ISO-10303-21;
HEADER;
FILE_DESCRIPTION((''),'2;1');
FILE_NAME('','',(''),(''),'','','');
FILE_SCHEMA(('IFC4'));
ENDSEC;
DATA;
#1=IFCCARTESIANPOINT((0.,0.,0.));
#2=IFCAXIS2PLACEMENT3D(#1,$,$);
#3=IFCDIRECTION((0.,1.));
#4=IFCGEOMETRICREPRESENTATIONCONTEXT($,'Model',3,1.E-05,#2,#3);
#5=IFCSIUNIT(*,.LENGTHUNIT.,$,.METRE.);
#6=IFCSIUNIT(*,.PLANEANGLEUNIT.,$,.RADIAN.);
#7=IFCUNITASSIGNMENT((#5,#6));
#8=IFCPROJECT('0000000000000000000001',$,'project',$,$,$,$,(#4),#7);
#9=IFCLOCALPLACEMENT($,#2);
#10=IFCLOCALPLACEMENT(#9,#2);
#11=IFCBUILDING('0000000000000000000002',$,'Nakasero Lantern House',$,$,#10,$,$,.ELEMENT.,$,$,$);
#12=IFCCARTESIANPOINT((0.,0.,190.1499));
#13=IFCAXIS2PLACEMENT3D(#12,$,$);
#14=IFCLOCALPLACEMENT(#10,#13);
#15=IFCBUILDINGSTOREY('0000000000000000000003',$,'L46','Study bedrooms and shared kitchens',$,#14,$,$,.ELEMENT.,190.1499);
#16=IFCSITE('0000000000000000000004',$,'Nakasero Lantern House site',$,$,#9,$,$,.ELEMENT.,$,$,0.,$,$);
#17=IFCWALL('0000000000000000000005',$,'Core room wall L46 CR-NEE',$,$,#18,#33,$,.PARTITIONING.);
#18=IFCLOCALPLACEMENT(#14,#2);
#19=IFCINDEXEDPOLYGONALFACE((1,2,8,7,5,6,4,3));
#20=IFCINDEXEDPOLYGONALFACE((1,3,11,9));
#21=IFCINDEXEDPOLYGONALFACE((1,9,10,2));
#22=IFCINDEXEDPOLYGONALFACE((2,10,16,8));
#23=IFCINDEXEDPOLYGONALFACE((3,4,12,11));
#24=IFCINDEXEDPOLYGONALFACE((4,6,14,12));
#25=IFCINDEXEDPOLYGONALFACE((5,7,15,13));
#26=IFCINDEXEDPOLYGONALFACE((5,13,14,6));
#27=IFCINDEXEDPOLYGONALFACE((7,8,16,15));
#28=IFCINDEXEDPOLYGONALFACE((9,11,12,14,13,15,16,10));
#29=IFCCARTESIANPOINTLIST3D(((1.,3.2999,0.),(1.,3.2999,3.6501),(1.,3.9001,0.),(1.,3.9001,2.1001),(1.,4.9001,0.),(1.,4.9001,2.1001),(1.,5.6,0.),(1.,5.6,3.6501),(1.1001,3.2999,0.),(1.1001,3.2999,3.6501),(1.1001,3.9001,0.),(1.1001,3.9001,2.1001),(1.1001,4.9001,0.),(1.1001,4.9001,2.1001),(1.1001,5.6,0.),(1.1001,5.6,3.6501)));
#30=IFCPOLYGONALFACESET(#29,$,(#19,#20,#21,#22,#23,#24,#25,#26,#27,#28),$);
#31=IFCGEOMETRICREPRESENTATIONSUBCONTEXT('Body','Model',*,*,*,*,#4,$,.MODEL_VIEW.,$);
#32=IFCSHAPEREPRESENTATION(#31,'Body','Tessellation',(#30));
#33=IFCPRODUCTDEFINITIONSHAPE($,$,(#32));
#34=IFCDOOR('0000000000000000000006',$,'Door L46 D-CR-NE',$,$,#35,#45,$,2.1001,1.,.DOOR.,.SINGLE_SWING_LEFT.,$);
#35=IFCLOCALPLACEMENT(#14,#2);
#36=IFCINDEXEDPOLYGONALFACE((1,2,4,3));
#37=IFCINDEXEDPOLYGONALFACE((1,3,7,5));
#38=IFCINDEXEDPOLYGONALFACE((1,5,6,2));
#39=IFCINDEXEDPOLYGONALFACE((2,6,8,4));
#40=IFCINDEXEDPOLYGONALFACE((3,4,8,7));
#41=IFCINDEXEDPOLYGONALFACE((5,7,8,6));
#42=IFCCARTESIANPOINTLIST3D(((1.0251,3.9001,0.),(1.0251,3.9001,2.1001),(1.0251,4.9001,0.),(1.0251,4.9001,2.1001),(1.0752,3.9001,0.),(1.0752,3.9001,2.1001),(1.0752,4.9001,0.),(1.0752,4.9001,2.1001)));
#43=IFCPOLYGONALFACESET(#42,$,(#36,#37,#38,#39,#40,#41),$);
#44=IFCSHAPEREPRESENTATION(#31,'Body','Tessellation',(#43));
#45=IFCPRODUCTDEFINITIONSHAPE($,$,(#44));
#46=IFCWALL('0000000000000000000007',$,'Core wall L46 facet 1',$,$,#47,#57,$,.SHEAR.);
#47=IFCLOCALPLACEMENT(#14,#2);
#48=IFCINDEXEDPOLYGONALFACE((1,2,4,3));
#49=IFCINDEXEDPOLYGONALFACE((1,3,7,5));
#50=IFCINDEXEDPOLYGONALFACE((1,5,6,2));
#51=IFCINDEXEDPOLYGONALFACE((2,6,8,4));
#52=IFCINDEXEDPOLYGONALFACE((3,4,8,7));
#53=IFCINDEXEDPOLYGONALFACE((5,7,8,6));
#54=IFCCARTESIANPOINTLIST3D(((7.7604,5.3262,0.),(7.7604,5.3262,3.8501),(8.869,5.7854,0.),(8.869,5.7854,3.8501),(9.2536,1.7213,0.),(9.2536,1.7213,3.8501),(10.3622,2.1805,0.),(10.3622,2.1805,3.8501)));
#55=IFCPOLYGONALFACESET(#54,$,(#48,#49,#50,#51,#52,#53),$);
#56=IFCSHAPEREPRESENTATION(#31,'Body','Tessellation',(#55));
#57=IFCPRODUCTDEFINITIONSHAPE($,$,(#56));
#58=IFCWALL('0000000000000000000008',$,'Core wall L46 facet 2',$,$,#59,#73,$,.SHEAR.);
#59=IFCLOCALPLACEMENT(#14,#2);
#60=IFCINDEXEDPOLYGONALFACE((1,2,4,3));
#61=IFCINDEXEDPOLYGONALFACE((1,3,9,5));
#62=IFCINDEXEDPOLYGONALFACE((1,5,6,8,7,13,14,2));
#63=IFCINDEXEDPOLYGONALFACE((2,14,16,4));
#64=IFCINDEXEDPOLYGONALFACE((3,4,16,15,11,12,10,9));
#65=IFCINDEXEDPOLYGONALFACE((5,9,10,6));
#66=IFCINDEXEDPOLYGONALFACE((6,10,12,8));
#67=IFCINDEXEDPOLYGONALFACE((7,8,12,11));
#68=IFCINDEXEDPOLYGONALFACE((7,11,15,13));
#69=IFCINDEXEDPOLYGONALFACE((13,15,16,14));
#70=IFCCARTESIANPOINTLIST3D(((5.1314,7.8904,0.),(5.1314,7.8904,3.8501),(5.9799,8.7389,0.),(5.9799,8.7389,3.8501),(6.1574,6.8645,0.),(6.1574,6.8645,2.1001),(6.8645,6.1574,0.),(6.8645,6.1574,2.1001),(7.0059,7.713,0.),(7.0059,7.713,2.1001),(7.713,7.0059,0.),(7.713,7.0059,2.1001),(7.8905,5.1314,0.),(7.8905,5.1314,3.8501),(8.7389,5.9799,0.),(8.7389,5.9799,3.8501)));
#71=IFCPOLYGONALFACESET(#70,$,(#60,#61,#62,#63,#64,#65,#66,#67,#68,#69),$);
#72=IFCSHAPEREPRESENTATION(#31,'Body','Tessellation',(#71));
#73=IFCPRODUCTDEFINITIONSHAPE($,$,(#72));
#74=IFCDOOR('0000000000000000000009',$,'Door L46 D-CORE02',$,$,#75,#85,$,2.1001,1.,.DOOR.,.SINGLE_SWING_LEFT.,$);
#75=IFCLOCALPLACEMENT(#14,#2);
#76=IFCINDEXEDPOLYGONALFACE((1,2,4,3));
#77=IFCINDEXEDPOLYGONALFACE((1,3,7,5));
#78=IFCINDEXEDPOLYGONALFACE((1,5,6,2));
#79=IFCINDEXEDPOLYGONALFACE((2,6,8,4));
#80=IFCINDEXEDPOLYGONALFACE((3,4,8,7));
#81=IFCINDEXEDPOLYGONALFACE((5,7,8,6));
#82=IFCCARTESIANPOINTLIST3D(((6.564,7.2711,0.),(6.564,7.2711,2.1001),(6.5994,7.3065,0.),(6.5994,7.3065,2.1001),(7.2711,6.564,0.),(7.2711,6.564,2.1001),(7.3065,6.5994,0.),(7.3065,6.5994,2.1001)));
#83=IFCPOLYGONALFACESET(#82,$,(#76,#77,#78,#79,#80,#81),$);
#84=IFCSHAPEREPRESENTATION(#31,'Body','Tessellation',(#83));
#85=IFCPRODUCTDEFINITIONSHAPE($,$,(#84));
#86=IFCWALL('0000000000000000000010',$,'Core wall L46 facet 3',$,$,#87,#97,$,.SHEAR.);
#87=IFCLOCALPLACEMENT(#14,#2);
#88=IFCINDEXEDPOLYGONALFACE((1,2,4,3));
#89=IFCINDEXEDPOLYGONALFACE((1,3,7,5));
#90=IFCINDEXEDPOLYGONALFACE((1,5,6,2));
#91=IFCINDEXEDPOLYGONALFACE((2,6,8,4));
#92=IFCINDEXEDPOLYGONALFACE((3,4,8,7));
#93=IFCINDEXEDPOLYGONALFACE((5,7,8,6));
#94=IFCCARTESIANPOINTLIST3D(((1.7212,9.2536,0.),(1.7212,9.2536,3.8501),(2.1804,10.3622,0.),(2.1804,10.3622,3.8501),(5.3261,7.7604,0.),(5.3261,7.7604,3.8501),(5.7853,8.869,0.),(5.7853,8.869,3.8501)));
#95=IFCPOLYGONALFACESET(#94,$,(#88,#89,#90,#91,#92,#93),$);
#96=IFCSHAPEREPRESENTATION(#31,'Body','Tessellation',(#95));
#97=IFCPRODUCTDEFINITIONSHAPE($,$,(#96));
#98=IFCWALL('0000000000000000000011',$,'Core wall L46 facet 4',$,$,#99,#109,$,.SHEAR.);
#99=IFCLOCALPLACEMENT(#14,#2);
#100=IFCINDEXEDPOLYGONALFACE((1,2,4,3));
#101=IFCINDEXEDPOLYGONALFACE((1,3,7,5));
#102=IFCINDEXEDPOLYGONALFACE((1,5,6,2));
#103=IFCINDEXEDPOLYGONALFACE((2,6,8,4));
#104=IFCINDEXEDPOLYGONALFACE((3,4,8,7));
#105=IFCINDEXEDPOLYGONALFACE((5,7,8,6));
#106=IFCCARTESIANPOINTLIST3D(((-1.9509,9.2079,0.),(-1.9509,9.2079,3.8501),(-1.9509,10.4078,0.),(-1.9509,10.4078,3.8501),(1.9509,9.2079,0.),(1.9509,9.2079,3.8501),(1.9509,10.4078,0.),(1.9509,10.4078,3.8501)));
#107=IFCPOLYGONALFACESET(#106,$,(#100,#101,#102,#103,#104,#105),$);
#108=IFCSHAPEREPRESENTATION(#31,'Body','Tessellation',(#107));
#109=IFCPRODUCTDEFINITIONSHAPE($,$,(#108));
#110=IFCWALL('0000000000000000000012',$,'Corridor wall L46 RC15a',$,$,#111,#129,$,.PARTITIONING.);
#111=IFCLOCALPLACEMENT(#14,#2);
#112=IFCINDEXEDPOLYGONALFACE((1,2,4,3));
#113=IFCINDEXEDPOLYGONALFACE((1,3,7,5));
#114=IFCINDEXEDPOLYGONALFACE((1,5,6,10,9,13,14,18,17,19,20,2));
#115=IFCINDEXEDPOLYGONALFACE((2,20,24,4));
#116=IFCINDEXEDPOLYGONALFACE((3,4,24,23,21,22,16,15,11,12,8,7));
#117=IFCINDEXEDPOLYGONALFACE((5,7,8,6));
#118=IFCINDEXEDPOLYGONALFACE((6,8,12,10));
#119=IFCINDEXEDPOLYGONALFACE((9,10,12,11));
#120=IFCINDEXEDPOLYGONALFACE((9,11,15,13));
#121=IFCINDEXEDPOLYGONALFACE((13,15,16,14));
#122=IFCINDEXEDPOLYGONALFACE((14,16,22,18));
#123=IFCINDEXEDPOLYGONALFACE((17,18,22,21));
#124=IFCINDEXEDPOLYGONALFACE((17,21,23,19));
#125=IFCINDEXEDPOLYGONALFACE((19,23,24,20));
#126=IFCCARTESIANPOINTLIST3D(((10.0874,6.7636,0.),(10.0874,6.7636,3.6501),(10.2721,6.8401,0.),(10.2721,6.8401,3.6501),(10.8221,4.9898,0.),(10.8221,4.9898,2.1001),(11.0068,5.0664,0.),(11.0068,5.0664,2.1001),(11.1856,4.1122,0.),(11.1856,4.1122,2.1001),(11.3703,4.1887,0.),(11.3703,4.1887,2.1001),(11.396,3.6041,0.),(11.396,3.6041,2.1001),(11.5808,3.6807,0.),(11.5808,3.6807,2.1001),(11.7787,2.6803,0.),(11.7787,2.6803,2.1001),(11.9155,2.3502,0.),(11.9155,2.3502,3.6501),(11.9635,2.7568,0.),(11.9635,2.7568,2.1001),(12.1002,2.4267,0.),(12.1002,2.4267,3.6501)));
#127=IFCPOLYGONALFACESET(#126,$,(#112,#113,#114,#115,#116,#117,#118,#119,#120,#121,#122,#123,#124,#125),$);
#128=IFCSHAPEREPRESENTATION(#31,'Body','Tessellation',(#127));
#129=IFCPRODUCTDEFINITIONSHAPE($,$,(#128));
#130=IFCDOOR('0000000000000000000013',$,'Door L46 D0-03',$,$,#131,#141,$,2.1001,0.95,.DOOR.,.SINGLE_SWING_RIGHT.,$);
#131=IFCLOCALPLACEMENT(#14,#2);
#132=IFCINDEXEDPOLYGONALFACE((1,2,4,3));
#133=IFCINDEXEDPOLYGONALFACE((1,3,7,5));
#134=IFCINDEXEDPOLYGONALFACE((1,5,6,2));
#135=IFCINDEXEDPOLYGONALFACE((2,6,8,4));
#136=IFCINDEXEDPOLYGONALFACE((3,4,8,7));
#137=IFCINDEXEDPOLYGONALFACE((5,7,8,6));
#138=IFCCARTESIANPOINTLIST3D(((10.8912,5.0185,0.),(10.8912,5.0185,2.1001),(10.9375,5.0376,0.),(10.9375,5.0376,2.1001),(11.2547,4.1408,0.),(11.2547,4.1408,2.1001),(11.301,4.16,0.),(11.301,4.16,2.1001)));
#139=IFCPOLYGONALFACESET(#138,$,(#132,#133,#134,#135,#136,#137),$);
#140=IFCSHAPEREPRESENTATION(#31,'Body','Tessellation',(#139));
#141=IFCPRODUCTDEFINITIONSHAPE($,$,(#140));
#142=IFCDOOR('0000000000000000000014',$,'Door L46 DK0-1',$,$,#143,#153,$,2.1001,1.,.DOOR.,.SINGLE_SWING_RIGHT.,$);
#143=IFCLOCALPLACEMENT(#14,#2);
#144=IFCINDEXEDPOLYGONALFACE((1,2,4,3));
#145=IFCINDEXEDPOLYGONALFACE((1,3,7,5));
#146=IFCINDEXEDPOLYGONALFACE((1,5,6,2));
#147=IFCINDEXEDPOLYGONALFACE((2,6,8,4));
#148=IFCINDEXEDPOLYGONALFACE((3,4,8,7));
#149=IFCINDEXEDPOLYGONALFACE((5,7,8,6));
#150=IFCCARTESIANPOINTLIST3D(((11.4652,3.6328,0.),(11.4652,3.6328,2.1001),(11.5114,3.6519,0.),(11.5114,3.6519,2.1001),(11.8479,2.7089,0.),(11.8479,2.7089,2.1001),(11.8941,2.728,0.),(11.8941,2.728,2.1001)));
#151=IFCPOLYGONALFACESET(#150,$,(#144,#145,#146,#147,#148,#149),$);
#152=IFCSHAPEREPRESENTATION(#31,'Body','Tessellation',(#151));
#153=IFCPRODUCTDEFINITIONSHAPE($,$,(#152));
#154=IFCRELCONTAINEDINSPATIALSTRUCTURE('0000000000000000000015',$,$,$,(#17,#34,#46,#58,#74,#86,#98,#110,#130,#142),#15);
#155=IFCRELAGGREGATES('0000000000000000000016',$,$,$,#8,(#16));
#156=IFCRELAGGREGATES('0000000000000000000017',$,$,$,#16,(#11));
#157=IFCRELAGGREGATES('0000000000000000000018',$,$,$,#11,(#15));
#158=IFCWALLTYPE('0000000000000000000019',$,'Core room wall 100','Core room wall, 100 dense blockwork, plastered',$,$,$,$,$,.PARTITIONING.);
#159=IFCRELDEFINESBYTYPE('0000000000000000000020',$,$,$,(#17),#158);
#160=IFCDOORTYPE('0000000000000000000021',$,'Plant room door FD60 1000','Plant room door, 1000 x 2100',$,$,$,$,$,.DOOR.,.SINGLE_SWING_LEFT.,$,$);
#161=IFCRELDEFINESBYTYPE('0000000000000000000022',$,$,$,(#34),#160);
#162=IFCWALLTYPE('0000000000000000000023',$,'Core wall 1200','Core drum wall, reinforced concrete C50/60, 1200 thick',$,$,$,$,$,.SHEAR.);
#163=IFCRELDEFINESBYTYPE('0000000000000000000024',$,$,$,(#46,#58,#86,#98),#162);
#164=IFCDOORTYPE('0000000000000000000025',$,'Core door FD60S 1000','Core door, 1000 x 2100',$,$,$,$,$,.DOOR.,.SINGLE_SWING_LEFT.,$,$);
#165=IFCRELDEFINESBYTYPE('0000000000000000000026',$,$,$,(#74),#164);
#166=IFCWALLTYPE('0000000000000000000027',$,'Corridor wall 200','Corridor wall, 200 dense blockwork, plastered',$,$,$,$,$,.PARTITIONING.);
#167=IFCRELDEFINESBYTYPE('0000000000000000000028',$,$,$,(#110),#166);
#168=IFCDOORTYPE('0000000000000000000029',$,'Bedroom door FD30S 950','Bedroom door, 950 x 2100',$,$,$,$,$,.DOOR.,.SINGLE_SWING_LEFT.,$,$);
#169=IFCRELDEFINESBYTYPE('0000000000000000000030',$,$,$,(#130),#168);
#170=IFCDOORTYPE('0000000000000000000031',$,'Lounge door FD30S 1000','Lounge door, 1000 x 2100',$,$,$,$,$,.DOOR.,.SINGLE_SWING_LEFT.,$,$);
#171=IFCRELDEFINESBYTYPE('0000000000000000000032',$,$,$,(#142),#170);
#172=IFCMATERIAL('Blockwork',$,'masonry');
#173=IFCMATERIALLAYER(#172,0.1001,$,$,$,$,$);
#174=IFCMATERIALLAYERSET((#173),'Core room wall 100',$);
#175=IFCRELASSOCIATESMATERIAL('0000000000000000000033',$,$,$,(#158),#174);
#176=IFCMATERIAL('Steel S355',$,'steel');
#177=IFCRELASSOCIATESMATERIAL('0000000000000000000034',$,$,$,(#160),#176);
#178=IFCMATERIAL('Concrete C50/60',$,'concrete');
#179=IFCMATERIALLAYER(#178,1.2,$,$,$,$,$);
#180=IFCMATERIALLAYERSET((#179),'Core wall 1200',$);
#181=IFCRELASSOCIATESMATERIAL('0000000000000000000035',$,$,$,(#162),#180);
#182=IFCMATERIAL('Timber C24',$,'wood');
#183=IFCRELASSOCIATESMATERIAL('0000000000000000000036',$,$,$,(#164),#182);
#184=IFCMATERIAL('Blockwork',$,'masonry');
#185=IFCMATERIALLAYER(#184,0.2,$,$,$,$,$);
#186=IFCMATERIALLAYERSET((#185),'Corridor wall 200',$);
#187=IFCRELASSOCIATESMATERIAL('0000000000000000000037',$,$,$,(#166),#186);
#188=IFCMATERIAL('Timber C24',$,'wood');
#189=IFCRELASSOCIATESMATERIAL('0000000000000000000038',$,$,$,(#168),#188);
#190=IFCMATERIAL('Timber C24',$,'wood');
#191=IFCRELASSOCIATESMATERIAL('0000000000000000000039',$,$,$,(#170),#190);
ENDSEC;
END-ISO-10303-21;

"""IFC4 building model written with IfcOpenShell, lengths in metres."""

from ifc_helpers import new_model, si_unit, direction, frame, frame_2d, origin, place, context, subcontext, project, spatial, rectangle, extrude, material, layer, layer_set, type_object, element, fill, save


model = new_model("IFC4")

# Units and contexts
model_context = context("Model", 3, precision=1e-05, world=origin(), true_north=direction((0.0, 1.0)))
body_context = subcontext(model_context, "Body", "Model", "MODEL_VIEW")
ifc_project = project(units=[si_unit("LENGTHUNIT", "METRE"), si_unit("PLANEANGLEUNIT", "RADIAN")], contexts=[model_context])

# Site, building, storey
site_placement = place(None, origin())
site = spatial("IfcSite", under=ifc_project, at=site_placement, Name="Nakasero Lantern House site", CompositionType="ELEMENT", RefElevation=0.0)
building_placement = place(site_placement, origin())
building = spatial("IfcBuilding", under=site, at=building_placement, Name="Nakasero Lantern House", CompositionType="ELEMENT")
storey_placement = place(building_placement, frame((0.0, 0.0, 190.1499)))
storey = spatial("IfcBuildingStorey", under=building, at=storey_placement, Name="L46", Description="Study bedrooms and shared kitchens", CompositionType="ELEMENT", Elevation=190.1499)

# Wall, opening, door
ifc_material_1 = material(Name="Blockwork", Category="masonry")
ifc_layer_1 = layer(ifc_material_1, 0.1001)
ifc_layer_set_1 = layer_set([ifc_layer_1], Name="Core room wall 100")
wall_type_1 = type_object("IfcWallType", Name="Core room wall 100", Description="Core room wall, 100 dense blockwork, plastered", PredefinedType="PARTITIONING", material=ifc_layer_set_1)
wall_1_placement = place(storey_placement, frame((1.05, 3.3, 0.0), z_axis=(0.0, 0.0, 1.0), x_axis=(0.0, 1.0, 0.0)))
wall_1 = element("IfcWall", 1, at=wall_1_placement, inside=storey, type_object=wall_type_1, Name="Core room wall L46 CR-NEE", PredefinedType="PARTITIONING", context=body_context, shape_type="SweptSolid", body=[
    extrude(rectangle(XDim=2.3, YDim=0.1001, at=frame_2d((1.1499, 0.0))), origin(), (0.0, 0.0, 1.0), 3.6501),
])
opening_1_placement = place(wall_1_placement, frame((0.6001, 0.0, 0.0)))
opening_1 = element("IfcOpeningElement", 2, at=opening_1_placement, cuts=wall_1, PredefinedType="OPENING", context=body_context, shape_type="SweptSolid", body=[
    extrude(rectangle(XDim=1.0, YDim=2.1001, at=frame_2d((0.5, 1.05))), frame((0.0, 0.0701, 0.0), z_axis=(0.0, -1.0, 0.0), x_axis=(1.0, 0.0, 0.0)), (0.0, 0.0, 1.0), 0.1401),
])
ifc_material_2 = material(Name="Steel S355", Category="steel")
door_type_1 = type_object("IfcDoorType", Name="Plant room door FD60 1000", Description="Plant room door, 1000 x 2100", OperationType="SINGLE_SWING_LEFT", PredefinedType="DOOR", material=ifc_material_2)
door_1_placement = place(opening_1_placement, origin())
door_1 = element("IfcDoor", 3, at=door_1_placement, inside=storey, type_object=door_type_1, Name="Door L46 D-CR-NE", OperationType="SINGLE_SWING_LEFT", OverallHeight=2.1001, OverallWidth=1.0, PredefinedType="DOOR", context=body_context, shape_type="SweptSolid", body=[
    extrude(rectangle(XDim=1.0, YDim=2.1001, at=frame_2d((0.5, 1.05))), frame((0.0, 0.0249, 0.0), z_axis=(0.0, -1.0, 0.0), x_axis=(1.0, 0.0, 0.0)), (0.0, 0.0, 1.0), 0.05),
])
fill(opening_1, door_1)

# Wall
ifc_material_3 = material(Name="Concrete C50/60", Category="concrete")
ifc_layer_2 = layer(ifc_material_3, 1.2)
ifc_layer_set_2 = layer_set([ifc_layer_2], Name="Core wall 1200")
wall_type_2 = type_object("IfcWallType", Name="Core wall 1200", Description="Core drum wall, reinforced concrete C50/60, 1200 thick", PredefinedType="SHEAR", material=ifc_layer_set_2)
wall_2_placement = place(storey_placement, frame((9.8079, 1.9509, 0.0), z_axis=(0.0, 0.0, 1.0), x_axis=(-0.382691, 0.923877, 0.0)))
element("IfcWall", 4, at=wall_2_placement, inside=storey, type_object=wall_type_2, Name="Core wall L46 facet 1", PredefinedType="SHEAR", context=body_context, shape_type="SweptSolid", body=[
    extrude(rectangle(XDim=3.9019, YDim=1.2, at=frame_2d((1.9509, 0.0))), origin(), (0.0, 0.0, 1.0), 3.8501),
])

# Wall, opening, door
wall_3_placement = place(storey_placement, frame((8.3147, 5.5557, 0.0), z_axis=(0.0, 0.0, 1.0), x_axis=(-0.707107, 0.707107, 0.0)))
wall_3 = element("IfcWall", 5, at=wall_3_placement, inside=storey, type_object=wall_type_2, Name="Core wall L46 facet 2", PredefinedType="SHEAR", context=body_context, shape_type="SweptSolid", body=[
    extrude(rectangle(XDim=3.9019, YDim=1.2, at=frame_2d((1.9509, 0.0))), origin(), (0.0, 0.0, 1.0), 3.8501),
])
opening_2_placement = place(wall_3_placement, frame((1.4509, 0.0, 0.0)))
opening_2 = element("IfcOpeningElement", 6, at=opening_2_placement, cuts=wall_3, PredefinedType="OPENING", context=body_context, shape_type="SweptSolid", body=[
    extrude(rectangle(XDim=1.0, YDim=2.1001, at=frame_2d((0.5, 1.05))), frame((0.0, 0.6199, 0.0), z_axis=(0.0, -1.0, 0.0), x_axis=(1.0, 0.0, 0.0)), (0.0, 0.0, 1.0), 1.24),
])
ifc_material_4 = material(Name="Timber C24", Category="wood")
door_type_2 = type_object("IfcDoorType", Name="Core door FD60S 1000", Description="Core door, 1000 x 2100", OperationType="SINGLE_SWING_LEFT", PredefinedType="DOOR", material=ifc_material_4)
door_2_placement = place(opening_2_placement, origin())
door_2 = element("IfcDoor", 7, at=door_2_placement, inside=storey, type_object=door_type_2, Name="Door L46 D-CORE02", OperationType="SINGLE_SWING_LEFT", OverallHeight=2.1001, OverallWidth=1.0, PredefinedType="DOOR", context=body_context, shape_type="SweptSolid", body=[
    extrude(rectangle(XDim=1.0, YDim=2.1001, at=frame_2d((0.5, 1.05))), frame((0.0, 0.0249, 0.0), z_axis=(0.0, -1.0, 0.0), x_axis=(1.0, 0.0, 0.0)), (0.0, 0.0, 1.0), 0.05),
])
fill(opening_2, door_2)

# Walls
for number, where, z_axis, x_axis, name in (
    (8, (5.5557, 8.3147, 0.0), (0.0, 0.0, 1.0), (-0.923877, 0.382691, 0.0), "Core wall L46 facet 3"),
    (9, (1.9509, 9.8079, 0.0), (0.0, 0.0, 1.0), (-1.0, 0.0, 0.0), "Core wall L46 facet 4"),
):
    element("IfcWall", number, at=place(storey_placement, frame(where, z_axis=z_axis, x_axis=x_axis)), inside=storey, type_object=wall_type_2, Name=name, PredefinedType="SHEAR", context=body_context, shape_type="SweptSolid", body=[
        extrude(rectangle(XDim=3.9019, YDim=1.2, at=frame_2d((1.9509, 0.0))), origin(), (0.0, 0.0, 1.0), 3.8501),
    ])

# Wall, openings, doors
ifc_material_5 = material(Name="Blockwork", Category="masonry")
ifc_layer_3 = layer(ifc_material_5, 0.2)
ifc_layer_set_3 = layer_set([ifc_layer_3], Name="Corridor wall 200")
wall_type_3 = type_object("IfcWallType", Name="Corridor wall 200", Description="Corridor wall, 200 dense blockwork, plastered", PredefinedType="PARTITIONING", material=ifc_layer_set_3)
wall_4_placement = place(storey_placement, frame((10.1797, 6.802, 0.0), z_axis=(0.0, 0.0, 1.0), x_axis=(0.382677, -0.923882, 0.0)))
wall_4 = element("IfcWall", 10, at=wall_4_placement, inside=storey, type_object=wall_type_3, Name="Corridor wall L46 RC15a", PredefinedType="PARTITIONING", context=body_context, shape_type="SweptSolid", body=[
    extrude(rectangle(XDim=4.7771, YDim=0.2, at=frame_2d((2.3887, 0.0))), origin(), (0.0, 0.0, 1.0), 3.6501),
])
opening_3_placement = place(wall_4_placement, frame((1.9199, 0.0, 0.0)))
opening_3 = element("IfcOpeningElement", 11, at=opening_3_placement, cuts=wall_4, PredefinedType="OPENING", context=body_context, shape_type="SweptSolid", body=[
    extrude(rectangle(XDim=0.95, YDim=2.1001, at=frame_2d((0.4751, 1.05))), frame((0.0, 0.1199, 0.0), z_axis=(0.0, -1.0, 0.0), x_axis=(1.0, 0.0, 0.0)), (0.0, 0.0, 1.0), 0.24),
])
opening_4_placement = place(wall_4_placement, frame((3.4199, 0.0, 0.0)))
opening_4 = element("IfcOpeningElement", 12, at=opening_4_placement, cuts=wall_4, PredefinedType="OPENING", context=body_context, shape_type="SweptSolid", body=[
    extrude(rectangle(XDim=1.0, YDim=2.1001, at=frame_2d((0.5, 1.05))), frame((0.0, 0.1199, 0.0), z_axis=(0.0, -1.0, 0.0), x_axis=(1.0, 0.0, 0.0)), (0.0, 0.0, 1.0), 0.24),
])
ifc_material_6 = material(Name="Timber C24", Category="wood")
door_type_3 = type_object("IfcDoorType", Name="Bedroom door FD30S 950", Description="Bedroom door, 950 x 2100", OperationType="SINGLE_SWING_LEFT", PredefinedType="DOOR", material=ifc_material_6)
door_3_placement = place(opening_3_placement, origin())
door_3 = element("IfcDoor", 13, at=door_3_placement, inside=storey, type_object=door_type_3, Name="Door L46 D0-03", OperationType="SINGLE_SWING_RIGHT", OverallHeight=2.1001, OverallWidth=0.95, PredefinedType="DOOR", context=body_context, shape_type="SweptSolid", body=[
    extrude(rectangle(XDim=0.95, YDim=2.1001, at=frame_2d((0.4751, 1.05))), frame((0.0, 0.0249, 0.0), z_axis=(0.0, -1.0, 0.0), x_axis=(1.0, 0.0, 0.0)), (0.0, 0.0, 1.0), 0.05),
])
fill(opening_3, door_3)
ifc_material_7 = material(Name="Timber C24", Category="wood")
door_type_4 = type_object("IfcDoorType", Name="Lounge door FD30S 1000", Description="Lounge door, 1000 x 2100", OperationType="SINGLE_SWING_LEFT", PredefinedType="DOOR", material=ifc_material_7)
door_4_placement = place(opening_4_placement, origin())
door_4 = element("IfcDoor", 14, at=door_4_placement, inside=storey, type_object=door_type_4, Name="Door L46 DK0-1", OperationType="SINGLE_SWING_RIGHT", OverallHeight=2.1001, OverallWidth=1.0, PredefinedType="DOOR", context=body_context, shape_type="SweptSolid", body=[
    extrude(rectangle(XDim=1.0, YDim=2.1001, at=frame_2d((0.5, 1.05))), frame((0.0, 0.0249, 0.0), z_axis=(0.0, -1.0, 0.0), x_axis=(1.0, 0.0, 0.0)), (0.0, 0.0, 1.0), 0.05),
])
fill(opening_4, door_4)

save(model, "model.ifc")
